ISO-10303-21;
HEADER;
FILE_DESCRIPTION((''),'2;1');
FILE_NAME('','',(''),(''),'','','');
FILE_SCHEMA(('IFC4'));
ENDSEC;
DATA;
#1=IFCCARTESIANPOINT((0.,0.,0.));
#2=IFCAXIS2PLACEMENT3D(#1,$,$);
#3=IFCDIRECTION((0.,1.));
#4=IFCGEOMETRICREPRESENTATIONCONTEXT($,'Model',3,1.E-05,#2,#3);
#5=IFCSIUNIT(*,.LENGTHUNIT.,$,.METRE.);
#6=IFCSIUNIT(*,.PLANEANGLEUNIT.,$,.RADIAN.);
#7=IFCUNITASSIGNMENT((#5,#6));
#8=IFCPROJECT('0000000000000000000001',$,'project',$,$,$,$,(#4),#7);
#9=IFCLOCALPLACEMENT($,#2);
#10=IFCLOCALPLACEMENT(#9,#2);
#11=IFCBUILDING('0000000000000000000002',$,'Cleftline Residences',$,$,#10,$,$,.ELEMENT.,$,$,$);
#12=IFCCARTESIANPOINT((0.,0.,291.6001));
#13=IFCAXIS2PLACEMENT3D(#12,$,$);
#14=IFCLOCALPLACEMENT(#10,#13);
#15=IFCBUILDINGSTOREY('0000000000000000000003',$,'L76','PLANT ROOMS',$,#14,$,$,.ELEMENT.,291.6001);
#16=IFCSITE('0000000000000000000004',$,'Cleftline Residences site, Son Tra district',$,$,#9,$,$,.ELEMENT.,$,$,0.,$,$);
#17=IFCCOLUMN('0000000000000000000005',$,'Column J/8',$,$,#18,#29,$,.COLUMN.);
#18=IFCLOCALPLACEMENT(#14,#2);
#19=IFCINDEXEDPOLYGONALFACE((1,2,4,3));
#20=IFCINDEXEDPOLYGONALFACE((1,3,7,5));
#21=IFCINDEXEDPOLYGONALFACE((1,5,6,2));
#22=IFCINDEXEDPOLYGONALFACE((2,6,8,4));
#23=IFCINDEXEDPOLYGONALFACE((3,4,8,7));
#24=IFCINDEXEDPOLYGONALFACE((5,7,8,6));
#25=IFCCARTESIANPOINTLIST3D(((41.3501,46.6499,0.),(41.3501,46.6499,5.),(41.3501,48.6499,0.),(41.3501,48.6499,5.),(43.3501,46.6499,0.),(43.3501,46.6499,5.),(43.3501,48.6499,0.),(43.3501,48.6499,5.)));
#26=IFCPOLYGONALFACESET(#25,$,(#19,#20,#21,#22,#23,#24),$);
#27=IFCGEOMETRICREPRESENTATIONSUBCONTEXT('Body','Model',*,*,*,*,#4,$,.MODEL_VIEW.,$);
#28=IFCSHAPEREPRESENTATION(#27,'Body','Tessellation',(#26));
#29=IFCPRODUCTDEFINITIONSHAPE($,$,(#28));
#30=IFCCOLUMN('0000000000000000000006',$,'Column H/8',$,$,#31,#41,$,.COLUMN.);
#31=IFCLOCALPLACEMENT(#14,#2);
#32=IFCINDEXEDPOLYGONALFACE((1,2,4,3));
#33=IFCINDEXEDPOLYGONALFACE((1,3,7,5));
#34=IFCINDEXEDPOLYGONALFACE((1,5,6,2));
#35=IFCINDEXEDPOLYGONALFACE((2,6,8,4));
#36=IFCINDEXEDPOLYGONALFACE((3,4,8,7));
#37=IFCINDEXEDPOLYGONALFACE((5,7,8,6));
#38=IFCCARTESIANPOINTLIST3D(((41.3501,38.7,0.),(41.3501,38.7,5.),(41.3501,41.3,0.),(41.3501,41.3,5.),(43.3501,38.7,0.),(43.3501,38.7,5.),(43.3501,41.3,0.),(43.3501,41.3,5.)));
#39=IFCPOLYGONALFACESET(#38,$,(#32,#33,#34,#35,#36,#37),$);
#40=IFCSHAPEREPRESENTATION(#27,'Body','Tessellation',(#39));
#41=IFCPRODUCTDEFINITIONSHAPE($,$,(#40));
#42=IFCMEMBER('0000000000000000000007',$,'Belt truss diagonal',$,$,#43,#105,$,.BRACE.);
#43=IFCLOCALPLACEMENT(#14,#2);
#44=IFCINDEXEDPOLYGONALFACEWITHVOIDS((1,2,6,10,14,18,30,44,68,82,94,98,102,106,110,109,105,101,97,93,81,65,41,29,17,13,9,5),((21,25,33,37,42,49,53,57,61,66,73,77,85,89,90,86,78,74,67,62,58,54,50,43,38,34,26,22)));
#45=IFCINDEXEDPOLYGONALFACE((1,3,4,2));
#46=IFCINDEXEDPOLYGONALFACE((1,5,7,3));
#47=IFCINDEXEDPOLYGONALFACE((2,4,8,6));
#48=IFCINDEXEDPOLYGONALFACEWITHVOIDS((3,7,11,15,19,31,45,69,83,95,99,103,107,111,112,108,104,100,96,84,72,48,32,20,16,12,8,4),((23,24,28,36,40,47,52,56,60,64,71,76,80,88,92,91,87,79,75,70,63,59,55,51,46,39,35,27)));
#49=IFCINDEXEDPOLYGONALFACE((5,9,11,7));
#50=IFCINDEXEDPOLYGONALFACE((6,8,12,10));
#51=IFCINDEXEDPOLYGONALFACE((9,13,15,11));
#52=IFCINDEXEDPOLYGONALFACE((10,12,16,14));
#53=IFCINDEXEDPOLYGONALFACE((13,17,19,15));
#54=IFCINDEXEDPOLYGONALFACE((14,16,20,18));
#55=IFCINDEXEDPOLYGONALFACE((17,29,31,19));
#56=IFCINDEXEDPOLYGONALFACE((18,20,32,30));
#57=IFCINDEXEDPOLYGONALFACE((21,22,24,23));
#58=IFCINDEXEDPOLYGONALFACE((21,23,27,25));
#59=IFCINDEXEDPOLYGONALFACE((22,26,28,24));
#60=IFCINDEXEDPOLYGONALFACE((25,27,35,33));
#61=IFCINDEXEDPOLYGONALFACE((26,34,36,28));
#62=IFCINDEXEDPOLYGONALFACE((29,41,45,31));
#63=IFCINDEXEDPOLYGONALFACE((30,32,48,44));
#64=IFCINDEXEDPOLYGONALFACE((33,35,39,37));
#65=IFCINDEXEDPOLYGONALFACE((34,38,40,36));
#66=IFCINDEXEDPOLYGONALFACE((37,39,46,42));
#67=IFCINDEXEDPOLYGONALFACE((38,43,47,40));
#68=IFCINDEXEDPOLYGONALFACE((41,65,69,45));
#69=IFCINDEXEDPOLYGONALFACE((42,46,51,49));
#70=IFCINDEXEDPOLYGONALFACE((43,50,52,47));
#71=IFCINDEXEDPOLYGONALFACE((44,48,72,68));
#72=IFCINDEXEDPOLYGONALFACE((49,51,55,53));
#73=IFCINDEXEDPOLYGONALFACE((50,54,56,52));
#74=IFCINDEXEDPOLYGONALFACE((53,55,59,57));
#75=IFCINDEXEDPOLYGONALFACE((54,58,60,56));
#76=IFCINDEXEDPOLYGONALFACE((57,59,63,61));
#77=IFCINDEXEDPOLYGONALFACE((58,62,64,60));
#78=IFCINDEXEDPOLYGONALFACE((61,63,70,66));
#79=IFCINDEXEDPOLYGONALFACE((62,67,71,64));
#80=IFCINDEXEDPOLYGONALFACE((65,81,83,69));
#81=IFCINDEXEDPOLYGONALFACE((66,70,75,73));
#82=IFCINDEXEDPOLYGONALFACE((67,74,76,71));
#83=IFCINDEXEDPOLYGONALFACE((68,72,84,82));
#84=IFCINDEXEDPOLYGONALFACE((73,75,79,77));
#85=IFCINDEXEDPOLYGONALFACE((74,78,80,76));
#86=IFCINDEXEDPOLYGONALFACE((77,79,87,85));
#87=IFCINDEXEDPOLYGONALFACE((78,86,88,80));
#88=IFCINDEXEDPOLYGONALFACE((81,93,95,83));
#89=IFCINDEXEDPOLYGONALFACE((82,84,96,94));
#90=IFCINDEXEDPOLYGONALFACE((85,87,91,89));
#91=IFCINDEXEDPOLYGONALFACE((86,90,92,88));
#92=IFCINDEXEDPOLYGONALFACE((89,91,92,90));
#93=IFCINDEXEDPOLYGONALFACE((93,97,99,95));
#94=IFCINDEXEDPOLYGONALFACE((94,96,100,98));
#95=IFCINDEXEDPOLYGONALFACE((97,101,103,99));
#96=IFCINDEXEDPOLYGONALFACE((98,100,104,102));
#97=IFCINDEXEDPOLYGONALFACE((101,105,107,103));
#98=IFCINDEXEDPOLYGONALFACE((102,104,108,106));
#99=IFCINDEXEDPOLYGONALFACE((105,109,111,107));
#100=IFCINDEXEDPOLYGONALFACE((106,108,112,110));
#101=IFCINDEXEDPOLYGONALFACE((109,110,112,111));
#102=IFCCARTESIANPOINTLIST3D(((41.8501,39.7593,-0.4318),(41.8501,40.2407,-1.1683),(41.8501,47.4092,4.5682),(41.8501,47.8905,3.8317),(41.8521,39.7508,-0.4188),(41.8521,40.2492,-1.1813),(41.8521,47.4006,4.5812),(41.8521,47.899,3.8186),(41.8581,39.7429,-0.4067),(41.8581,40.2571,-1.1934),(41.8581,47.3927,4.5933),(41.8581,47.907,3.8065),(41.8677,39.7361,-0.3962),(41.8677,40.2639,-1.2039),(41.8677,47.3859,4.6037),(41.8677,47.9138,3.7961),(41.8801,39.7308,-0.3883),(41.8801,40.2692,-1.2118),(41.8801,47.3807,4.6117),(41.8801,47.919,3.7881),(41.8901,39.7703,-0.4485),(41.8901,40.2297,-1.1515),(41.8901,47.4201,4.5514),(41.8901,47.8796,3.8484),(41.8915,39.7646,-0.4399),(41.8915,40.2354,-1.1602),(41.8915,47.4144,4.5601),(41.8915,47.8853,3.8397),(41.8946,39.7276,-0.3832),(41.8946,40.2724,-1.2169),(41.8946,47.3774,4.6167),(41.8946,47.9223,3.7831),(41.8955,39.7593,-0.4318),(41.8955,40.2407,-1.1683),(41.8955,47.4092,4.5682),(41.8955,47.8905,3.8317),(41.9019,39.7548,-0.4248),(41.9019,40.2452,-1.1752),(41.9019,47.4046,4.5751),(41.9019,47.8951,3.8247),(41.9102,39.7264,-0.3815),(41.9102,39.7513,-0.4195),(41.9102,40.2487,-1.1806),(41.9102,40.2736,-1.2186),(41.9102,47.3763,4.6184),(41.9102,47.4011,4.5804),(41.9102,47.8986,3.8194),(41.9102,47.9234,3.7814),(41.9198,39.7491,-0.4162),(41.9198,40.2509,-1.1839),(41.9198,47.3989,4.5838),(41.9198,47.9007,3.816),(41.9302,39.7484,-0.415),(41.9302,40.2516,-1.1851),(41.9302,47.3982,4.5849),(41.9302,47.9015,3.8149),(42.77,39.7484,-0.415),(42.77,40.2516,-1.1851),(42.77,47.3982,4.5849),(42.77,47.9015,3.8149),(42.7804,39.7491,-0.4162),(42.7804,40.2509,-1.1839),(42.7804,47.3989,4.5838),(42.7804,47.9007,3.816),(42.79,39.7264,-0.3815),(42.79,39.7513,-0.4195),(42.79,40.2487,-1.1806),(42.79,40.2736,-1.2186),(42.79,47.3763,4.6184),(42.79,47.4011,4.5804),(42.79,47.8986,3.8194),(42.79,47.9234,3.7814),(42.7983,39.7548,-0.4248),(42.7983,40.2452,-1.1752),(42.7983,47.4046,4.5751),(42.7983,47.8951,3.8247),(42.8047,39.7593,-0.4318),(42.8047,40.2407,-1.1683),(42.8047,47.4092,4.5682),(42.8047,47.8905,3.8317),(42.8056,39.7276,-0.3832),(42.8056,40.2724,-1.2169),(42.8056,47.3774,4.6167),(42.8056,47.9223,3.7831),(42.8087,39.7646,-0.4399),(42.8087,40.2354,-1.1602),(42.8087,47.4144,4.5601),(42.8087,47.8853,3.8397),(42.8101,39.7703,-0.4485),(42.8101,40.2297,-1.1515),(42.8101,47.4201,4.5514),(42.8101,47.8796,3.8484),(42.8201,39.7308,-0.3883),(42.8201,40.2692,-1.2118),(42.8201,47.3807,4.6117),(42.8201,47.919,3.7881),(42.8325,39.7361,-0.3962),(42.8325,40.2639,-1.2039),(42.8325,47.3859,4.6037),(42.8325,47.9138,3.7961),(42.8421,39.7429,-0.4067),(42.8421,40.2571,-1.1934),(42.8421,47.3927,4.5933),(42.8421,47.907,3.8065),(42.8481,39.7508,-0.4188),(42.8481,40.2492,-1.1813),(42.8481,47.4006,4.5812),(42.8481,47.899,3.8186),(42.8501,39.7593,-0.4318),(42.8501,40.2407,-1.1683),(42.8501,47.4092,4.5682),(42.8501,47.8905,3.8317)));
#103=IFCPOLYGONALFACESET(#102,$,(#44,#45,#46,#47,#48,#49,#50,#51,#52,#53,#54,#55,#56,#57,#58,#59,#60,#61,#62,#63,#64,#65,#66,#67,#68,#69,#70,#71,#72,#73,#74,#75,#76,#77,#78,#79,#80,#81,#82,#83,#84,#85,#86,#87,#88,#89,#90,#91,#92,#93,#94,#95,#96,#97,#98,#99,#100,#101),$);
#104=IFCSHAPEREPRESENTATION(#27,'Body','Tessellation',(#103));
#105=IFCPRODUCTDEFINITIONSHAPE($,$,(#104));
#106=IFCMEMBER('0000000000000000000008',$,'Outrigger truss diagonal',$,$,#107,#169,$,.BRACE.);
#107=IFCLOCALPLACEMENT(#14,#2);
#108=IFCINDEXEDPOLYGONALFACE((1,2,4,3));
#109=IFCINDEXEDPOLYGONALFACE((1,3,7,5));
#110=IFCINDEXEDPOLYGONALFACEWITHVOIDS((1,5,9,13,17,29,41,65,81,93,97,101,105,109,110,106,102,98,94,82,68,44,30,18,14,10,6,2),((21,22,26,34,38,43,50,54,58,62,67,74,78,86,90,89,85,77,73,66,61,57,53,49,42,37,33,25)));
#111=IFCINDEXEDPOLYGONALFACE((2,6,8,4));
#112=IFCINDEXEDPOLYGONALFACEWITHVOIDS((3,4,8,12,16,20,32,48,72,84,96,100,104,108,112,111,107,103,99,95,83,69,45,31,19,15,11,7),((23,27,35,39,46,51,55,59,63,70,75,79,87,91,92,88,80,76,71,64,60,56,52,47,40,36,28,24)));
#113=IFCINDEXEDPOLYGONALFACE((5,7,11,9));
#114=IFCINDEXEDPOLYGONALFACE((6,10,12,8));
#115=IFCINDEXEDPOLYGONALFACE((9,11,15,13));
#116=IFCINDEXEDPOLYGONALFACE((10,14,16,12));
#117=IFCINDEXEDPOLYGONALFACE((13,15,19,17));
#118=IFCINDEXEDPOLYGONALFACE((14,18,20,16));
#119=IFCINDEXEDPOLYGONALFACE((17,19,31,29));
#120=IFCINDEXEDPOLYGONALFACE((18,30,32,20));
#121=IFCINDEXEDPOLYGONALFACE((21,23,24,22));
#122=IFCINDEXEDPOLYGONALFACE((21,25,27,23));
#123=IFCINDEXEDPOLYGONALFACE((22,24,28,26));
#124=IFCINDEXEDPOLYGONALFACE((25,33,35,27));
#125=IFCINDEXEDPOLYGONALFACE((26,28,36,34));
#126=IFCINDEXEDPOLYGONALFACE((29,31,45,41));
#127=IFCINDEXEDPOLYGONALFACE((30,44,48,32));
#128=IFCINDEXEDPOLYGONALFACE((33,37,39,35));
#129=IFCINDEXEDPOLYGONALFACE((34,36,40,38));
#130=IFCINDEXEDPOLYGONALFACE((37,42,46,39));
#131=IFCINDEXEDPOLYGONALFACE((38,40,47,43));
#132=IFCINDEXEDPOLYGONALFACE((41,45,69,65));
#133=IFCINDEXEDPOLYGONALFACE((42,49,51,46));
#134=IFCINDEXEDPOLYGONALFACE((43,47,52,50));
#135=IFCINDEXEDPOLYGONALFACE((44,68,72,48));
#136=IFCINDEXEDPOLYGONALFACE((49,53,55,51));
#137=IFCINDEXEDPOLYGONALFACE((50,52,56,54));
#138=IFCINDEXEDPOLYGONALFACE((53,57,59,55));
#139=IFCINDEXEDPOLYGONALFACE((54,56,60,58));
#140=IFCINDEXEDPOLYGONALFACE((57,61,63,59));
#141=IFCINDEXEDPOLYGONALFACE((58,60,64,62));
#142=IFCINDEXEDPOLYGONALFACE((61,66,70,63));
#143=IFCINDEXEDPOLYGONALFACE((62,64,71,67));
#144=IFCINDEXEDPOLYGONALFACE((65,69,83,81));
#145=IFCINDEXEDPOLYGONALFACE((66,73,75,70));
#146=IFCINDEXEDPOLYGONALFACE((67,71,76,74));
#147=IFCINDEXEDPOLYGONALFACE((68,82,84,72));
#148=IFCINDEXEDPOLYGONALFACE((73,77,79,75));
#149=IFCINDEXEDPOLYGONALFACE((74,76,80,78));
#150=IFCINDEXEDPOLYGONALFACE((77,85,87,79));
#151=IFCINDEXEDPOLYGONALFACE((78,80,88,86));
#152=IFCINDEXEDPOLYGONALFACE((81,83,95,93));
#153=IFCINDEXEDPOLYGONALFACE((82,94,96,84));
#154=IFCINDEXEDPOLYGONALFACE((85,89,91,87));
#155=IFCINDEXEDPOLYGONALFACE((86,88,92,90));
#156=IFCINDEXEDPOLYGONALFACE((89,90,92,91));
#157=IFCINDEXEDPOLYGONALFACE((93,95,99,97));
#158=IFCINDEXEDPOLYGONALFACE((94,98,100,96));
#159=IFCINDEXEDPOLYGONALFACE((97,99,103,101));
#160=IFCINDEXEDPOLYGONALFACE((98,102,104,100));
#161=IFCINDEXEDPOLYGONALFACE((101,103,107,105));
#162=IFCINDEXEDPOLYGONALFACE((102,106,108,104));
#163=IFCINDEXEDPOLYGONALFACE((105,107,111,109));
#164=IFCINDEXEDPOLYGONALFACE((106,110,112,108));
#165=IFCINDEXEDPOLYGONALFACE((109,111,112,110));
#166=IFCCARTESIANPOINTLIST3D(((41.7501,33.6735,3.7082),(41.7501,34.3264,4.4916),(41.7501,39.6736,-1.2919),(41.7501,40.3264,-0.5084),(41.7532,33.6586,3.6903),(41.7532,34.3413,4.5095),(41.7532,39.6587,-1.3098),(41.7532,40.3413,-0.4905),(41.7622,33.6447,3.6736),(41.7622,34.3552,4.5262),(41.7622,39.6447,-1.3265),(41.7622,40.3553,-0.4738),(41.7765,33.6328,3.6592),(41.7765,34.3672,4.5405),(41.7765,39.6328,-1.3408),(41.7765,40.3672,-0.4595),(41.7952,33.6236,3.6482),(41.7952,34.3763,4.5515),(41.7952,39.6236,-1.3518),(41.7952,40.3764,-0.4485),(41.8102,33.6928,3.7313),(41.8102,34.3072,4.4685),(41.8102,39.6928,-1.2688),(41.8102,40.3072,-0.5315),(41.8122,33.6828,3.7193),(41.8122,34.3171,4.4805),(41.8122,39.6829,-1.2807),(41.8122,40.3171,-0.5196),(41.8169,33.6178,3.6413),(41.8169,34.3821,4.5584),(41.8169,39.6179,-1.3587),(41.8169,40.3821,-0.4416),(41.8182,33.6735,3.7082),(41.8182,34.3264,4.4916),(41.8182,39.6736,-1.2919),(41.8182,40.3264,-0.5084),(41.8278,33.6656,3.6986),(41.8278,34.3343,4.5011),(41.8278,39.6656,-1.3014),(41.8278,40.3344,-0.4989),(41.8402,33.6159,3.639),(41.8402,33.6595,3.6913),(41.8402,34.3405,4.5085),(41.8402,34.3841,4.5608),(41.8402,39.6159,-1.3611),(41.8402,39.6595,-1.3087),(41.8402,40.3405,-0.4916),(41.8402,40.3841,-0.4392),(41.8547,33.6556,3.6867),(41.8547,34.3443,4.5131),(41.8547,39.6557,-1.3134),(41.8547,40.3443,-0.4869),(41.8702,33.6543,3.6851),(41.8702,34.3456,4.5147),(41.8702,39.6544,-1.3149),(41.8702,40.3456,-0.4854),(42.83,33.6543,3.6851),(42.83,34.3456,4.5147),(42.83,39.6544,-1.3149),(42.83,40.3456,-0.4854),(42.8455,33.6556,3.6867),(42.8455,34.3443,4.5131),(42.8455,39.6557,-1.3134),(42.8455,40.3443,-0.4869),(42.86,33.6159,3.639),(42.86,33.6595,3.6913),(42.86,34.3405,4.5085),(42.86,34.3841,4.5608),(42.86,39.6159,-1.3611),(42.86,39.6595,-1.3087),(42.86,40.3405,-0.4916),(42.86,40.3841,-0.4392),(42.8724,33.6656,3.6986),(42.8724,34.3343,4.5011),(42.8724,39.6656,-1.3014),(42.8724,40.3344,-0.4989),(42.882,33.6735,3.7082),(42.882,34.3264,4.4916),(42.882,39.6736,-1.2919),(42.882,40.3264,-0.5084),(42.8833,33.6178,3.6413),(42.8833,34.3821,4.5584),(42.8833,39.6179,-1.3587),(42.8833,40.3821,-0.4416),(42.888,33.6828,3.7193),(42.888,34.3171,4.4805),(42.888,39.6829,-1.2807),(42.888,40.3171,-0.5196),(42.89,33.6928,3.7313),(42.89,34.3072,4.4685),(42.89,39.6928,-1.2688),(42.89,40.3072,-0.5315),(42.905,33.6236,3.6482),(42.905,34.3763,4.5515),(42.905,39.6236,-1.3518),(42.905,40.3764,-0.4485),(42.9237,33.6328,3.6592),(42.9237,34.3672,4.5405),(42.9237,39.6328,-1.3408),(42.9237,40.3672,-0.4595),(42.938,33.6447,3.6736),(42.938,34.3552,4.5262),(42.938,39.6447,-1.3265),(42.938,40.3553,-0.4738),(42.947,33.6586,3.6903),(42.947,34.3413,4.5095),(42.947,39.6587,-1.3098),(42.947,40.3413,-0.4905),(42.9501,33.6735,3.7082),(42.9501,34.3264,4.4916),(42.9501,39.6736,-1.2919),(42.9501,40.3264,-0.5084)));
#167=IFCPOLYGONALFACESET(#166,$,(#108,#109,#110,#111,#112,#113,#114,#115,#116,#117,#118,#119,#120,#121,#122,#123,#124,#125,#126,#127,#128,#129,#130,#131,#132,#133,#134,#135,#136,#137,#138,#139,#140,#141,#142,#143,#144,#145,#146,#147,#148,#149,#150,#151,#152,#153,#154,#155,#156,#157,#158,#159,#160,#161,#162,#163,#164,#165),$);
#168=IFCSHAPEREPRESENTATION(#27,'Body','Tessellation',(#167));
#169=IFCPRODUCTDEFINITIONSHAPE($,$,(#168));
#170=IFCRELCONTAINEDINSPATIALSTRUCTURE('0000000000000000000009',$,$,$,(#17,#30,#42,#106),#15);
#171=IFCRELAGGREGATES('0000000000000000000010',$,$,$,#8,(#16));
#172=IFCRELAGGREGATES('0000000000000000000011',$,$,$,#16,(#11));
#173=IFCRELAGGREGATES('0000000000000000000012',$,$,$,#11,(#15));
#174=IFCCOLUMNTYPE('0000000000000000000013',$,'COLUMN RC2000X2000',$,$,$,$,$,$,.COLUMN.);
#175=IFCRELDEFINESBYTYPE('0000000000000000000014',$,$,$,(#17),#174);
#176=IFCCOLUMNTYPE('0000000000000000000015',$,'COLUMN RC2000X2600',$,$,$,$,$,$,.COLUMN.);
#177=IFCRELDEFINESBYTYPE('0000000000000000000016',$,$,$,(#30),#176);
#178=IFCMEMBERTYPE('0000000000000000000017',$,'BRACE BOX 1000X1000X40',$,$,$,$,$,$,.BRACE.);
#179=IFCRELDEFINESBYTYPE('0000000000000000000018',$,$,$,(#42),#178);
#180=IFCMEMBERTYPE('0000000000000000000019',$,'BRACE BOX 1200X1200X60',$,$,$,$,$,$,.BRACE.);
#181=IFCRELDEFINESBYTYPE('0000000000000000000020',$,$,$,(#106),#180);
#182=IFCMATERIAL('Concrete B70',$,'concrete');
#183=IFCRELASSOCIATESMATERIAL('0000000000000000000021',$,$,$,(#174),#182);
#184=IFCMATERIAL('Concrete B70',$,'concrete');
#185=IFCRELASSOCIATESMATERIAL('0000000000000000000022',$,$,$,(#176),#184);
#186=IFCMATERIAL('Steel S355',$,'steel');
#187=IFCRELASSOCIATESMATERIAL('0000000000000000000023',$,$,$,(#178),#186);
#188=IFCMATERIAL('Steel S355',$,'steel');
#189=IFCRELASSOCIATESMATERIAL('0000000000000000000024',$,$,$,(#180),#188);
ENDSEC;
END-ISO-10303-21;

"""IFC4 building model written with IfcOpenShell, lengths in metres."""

from ifc_helpers import new_model, si_unit, direction, frame, origin, origin_2d, place, context, subcontext, project, spatial, rectangle, hollow_rectangle, extrude, material, material_profile, profile_set, type_object, element, save


model = new_model("IFC4")

# Units and contexts
model_context = context("Model", 3, precision=1e-05, world=origin(), true_north=direction((0.0, 1.0)))
body_context = subcontext(model_context, "Body", "Model", "MODEL_VIEW")
ifc_project = project(units=[si_unit("LENGTHUNIT", "METRE"), si_unit("PLANEANGLEUNIT", "RADIAN")], contexts=[model_context])

# Site, building, storey
site_placement = place(None, origin())
site = spatial("IfcSite", under=ifc_project, at=site_placement, Name="Cleftline Residences site, Son Tra district", CompositionType="ELEMENT", RefElevation=0.0)
building_placement = place(site_placement, origin())
building = spatial("IfcBuilding", under=site, at=building_placement, Name="Cleftline Residences", CompositionType="ELEMENT")
storey_placement = place(building_placement, frame((0.0, 0.0, 291.6001)))
storey = spatial("IfcBuildingStorey", under=building, at=storey_placement, Name="L76", Description="PLANT ROOMS", CompositionType="ELEMENT", Elevation=291.6001)

# Columns
ifc_material_1 = material(Name="Concrete B70", Category="concrete")
ifc_material_profile_1 = material_profile(ifc_material_1, rectangle(XDim=2.0, YDim=2.0, at=origin_2d()))
ifc_profile_set_1 = profile_set([ifc_material_profile_1], Name="Concrete B70")
column_type_1 = type_object("IfcColumnType", Name="COLUMN RC2000X2000", PredefinedType="COLUMN", material=ifc_profile_set_1)
column_1_placement = place(storey_placement, frame((42.3501, 47.6499, 0.0), z_axis=(0.0, 0.0, 1.0), x_axis=(1.0, 0.0, 0.0)))
element("IfcColumn", 1, at=column_1_placement, inside=storey, type_object=column_type_1, Name="Column J/8", PredefinedType="COLUMN", context=body_context, shape_type="SweptSolid", body=[
    extrude(rectangle(XDim=2.0, YDim=2.0, at=origin_2d()), origin(), (0.0, 0.0, 1.0), 5.0),
])
ifc_material_2 = material(Name="Concrete B70", Category="concrete")
ifc_material_profile_2 = material_profile(ifc_material_2, rectangle(XDim=2.0, YDim=2.6001, at=origin_2d()))
ifc_profile_set_2 = profile_set([ifc_material_profile_2], Name="Concrete B70")
column_type_2 = type_object("IfcColumnType", Name="COLUMN RC2000X2600", PredefinedType="COLUMN", material=ifc_profile_set_2)
column_2_placement = place(storey_placement, frame((42.3501, 40.0, 0.0), z_axis=(0.0, 0.0, 1.0), x_axis=(1.0, 0.0, 0.0)))
element("IfcColumn", 2, at=column_2_placement, inside=storey, type_object=column_type_2, Name="Column H/8", PredefinedType="COLUMN", context=body_context, shape_type="SweptSolid", body=[
    extrude(rectangle(XDim=2.0, YDim=2.6001, at=origin_2d()), origin(), (0.0, 0.0, 1.0), 5.0),
])

# Members
ifc_material_3 = material(Name="Steel S355", Category="steel")
ifc_material_profile_3 = material_profile(ifc_material_3, hollow_rectangle(XDim=1.0, YDim=1.0, WallThickness=0.04, InnerFilletRadius=0.04, OuterFilletRadius=0.0601, at=origin_2d()))
ifc_profile_set_3 = profile_set([ifc_material_profile_3], Name="Steel S355")
member_type_1 = type_object("IfcMemberType", Name="BRACE BOX 1000X1000X40", PredefinedType="BRACE", material=ifc_profile_set_3)
member_1_placement = place(storey_placement, frame((42.3501, 40.0, -0.8), z_axis=(0.0, 0.837063, 0.547107), x_axis=(0.0, -0.547107, 0.837063)))
element("IfcMember", 3, at=member_1_placement, inside=storey, type_object=member_type_1, Name="Belt truss diagonal", PredefinedType="BRACE", context=body_context, shape_type="SweptSolid", body=[
    extrude(hollow_rectangle(XDim=1.0, YDim=1.0, WallThickness=0.04, InnerFilletRadius=0.04, OuterFilletRadius=0.0601, at=origin_2d()), origin(), (0.0, 0.0, 1.0), 9.1389),
])
ifc_material_4 = material(Name="Steel S355", Category="steel")
ifc_material_profile_4 = material_profile(ifc_material_4, hollow_rectangle(XDim=1.2, YDim=1.2, WallThickness=0.0601, InnerFilletRadius=0.0601, OuterFilletRadius=0.0901, at=origin_2d()))
ifc_profile_set_4 = profile_set([ifc_material_profile_4], Name="Steel S355")
member_type_2 = type_object("IfcMemberType", Name="BRACE BOX 1200X1200X60", PredefinedType="BRACE", material=ifc_profile_set_4)
member_2_placement = place(storey_placement, frame((42.3501, 40.0, -0.9001), z_axis=(0.0, -0.768221, 0.640184), x_axis=(0.0, 0.640184, 0.768221)))
element("IfcMember", 4, at=member_2_placement, inside=storey, type_object=member_type_2, Name="Outrigger truss diagonal", PredefinedType="BRACE", context=body_context, shape_type="SweptSolid", body=[
    extrude(hollow_rectangle(XDim=1.2, YDim=1.2, WallThickness=0.0601, InnerFilletRadius=0.0601, OuterFilletRadius=0.0901, at=origin_2d()), origin(), (0.0, 0.0, 1.0), 7.8103),
])

save(model, "model.ifc")
